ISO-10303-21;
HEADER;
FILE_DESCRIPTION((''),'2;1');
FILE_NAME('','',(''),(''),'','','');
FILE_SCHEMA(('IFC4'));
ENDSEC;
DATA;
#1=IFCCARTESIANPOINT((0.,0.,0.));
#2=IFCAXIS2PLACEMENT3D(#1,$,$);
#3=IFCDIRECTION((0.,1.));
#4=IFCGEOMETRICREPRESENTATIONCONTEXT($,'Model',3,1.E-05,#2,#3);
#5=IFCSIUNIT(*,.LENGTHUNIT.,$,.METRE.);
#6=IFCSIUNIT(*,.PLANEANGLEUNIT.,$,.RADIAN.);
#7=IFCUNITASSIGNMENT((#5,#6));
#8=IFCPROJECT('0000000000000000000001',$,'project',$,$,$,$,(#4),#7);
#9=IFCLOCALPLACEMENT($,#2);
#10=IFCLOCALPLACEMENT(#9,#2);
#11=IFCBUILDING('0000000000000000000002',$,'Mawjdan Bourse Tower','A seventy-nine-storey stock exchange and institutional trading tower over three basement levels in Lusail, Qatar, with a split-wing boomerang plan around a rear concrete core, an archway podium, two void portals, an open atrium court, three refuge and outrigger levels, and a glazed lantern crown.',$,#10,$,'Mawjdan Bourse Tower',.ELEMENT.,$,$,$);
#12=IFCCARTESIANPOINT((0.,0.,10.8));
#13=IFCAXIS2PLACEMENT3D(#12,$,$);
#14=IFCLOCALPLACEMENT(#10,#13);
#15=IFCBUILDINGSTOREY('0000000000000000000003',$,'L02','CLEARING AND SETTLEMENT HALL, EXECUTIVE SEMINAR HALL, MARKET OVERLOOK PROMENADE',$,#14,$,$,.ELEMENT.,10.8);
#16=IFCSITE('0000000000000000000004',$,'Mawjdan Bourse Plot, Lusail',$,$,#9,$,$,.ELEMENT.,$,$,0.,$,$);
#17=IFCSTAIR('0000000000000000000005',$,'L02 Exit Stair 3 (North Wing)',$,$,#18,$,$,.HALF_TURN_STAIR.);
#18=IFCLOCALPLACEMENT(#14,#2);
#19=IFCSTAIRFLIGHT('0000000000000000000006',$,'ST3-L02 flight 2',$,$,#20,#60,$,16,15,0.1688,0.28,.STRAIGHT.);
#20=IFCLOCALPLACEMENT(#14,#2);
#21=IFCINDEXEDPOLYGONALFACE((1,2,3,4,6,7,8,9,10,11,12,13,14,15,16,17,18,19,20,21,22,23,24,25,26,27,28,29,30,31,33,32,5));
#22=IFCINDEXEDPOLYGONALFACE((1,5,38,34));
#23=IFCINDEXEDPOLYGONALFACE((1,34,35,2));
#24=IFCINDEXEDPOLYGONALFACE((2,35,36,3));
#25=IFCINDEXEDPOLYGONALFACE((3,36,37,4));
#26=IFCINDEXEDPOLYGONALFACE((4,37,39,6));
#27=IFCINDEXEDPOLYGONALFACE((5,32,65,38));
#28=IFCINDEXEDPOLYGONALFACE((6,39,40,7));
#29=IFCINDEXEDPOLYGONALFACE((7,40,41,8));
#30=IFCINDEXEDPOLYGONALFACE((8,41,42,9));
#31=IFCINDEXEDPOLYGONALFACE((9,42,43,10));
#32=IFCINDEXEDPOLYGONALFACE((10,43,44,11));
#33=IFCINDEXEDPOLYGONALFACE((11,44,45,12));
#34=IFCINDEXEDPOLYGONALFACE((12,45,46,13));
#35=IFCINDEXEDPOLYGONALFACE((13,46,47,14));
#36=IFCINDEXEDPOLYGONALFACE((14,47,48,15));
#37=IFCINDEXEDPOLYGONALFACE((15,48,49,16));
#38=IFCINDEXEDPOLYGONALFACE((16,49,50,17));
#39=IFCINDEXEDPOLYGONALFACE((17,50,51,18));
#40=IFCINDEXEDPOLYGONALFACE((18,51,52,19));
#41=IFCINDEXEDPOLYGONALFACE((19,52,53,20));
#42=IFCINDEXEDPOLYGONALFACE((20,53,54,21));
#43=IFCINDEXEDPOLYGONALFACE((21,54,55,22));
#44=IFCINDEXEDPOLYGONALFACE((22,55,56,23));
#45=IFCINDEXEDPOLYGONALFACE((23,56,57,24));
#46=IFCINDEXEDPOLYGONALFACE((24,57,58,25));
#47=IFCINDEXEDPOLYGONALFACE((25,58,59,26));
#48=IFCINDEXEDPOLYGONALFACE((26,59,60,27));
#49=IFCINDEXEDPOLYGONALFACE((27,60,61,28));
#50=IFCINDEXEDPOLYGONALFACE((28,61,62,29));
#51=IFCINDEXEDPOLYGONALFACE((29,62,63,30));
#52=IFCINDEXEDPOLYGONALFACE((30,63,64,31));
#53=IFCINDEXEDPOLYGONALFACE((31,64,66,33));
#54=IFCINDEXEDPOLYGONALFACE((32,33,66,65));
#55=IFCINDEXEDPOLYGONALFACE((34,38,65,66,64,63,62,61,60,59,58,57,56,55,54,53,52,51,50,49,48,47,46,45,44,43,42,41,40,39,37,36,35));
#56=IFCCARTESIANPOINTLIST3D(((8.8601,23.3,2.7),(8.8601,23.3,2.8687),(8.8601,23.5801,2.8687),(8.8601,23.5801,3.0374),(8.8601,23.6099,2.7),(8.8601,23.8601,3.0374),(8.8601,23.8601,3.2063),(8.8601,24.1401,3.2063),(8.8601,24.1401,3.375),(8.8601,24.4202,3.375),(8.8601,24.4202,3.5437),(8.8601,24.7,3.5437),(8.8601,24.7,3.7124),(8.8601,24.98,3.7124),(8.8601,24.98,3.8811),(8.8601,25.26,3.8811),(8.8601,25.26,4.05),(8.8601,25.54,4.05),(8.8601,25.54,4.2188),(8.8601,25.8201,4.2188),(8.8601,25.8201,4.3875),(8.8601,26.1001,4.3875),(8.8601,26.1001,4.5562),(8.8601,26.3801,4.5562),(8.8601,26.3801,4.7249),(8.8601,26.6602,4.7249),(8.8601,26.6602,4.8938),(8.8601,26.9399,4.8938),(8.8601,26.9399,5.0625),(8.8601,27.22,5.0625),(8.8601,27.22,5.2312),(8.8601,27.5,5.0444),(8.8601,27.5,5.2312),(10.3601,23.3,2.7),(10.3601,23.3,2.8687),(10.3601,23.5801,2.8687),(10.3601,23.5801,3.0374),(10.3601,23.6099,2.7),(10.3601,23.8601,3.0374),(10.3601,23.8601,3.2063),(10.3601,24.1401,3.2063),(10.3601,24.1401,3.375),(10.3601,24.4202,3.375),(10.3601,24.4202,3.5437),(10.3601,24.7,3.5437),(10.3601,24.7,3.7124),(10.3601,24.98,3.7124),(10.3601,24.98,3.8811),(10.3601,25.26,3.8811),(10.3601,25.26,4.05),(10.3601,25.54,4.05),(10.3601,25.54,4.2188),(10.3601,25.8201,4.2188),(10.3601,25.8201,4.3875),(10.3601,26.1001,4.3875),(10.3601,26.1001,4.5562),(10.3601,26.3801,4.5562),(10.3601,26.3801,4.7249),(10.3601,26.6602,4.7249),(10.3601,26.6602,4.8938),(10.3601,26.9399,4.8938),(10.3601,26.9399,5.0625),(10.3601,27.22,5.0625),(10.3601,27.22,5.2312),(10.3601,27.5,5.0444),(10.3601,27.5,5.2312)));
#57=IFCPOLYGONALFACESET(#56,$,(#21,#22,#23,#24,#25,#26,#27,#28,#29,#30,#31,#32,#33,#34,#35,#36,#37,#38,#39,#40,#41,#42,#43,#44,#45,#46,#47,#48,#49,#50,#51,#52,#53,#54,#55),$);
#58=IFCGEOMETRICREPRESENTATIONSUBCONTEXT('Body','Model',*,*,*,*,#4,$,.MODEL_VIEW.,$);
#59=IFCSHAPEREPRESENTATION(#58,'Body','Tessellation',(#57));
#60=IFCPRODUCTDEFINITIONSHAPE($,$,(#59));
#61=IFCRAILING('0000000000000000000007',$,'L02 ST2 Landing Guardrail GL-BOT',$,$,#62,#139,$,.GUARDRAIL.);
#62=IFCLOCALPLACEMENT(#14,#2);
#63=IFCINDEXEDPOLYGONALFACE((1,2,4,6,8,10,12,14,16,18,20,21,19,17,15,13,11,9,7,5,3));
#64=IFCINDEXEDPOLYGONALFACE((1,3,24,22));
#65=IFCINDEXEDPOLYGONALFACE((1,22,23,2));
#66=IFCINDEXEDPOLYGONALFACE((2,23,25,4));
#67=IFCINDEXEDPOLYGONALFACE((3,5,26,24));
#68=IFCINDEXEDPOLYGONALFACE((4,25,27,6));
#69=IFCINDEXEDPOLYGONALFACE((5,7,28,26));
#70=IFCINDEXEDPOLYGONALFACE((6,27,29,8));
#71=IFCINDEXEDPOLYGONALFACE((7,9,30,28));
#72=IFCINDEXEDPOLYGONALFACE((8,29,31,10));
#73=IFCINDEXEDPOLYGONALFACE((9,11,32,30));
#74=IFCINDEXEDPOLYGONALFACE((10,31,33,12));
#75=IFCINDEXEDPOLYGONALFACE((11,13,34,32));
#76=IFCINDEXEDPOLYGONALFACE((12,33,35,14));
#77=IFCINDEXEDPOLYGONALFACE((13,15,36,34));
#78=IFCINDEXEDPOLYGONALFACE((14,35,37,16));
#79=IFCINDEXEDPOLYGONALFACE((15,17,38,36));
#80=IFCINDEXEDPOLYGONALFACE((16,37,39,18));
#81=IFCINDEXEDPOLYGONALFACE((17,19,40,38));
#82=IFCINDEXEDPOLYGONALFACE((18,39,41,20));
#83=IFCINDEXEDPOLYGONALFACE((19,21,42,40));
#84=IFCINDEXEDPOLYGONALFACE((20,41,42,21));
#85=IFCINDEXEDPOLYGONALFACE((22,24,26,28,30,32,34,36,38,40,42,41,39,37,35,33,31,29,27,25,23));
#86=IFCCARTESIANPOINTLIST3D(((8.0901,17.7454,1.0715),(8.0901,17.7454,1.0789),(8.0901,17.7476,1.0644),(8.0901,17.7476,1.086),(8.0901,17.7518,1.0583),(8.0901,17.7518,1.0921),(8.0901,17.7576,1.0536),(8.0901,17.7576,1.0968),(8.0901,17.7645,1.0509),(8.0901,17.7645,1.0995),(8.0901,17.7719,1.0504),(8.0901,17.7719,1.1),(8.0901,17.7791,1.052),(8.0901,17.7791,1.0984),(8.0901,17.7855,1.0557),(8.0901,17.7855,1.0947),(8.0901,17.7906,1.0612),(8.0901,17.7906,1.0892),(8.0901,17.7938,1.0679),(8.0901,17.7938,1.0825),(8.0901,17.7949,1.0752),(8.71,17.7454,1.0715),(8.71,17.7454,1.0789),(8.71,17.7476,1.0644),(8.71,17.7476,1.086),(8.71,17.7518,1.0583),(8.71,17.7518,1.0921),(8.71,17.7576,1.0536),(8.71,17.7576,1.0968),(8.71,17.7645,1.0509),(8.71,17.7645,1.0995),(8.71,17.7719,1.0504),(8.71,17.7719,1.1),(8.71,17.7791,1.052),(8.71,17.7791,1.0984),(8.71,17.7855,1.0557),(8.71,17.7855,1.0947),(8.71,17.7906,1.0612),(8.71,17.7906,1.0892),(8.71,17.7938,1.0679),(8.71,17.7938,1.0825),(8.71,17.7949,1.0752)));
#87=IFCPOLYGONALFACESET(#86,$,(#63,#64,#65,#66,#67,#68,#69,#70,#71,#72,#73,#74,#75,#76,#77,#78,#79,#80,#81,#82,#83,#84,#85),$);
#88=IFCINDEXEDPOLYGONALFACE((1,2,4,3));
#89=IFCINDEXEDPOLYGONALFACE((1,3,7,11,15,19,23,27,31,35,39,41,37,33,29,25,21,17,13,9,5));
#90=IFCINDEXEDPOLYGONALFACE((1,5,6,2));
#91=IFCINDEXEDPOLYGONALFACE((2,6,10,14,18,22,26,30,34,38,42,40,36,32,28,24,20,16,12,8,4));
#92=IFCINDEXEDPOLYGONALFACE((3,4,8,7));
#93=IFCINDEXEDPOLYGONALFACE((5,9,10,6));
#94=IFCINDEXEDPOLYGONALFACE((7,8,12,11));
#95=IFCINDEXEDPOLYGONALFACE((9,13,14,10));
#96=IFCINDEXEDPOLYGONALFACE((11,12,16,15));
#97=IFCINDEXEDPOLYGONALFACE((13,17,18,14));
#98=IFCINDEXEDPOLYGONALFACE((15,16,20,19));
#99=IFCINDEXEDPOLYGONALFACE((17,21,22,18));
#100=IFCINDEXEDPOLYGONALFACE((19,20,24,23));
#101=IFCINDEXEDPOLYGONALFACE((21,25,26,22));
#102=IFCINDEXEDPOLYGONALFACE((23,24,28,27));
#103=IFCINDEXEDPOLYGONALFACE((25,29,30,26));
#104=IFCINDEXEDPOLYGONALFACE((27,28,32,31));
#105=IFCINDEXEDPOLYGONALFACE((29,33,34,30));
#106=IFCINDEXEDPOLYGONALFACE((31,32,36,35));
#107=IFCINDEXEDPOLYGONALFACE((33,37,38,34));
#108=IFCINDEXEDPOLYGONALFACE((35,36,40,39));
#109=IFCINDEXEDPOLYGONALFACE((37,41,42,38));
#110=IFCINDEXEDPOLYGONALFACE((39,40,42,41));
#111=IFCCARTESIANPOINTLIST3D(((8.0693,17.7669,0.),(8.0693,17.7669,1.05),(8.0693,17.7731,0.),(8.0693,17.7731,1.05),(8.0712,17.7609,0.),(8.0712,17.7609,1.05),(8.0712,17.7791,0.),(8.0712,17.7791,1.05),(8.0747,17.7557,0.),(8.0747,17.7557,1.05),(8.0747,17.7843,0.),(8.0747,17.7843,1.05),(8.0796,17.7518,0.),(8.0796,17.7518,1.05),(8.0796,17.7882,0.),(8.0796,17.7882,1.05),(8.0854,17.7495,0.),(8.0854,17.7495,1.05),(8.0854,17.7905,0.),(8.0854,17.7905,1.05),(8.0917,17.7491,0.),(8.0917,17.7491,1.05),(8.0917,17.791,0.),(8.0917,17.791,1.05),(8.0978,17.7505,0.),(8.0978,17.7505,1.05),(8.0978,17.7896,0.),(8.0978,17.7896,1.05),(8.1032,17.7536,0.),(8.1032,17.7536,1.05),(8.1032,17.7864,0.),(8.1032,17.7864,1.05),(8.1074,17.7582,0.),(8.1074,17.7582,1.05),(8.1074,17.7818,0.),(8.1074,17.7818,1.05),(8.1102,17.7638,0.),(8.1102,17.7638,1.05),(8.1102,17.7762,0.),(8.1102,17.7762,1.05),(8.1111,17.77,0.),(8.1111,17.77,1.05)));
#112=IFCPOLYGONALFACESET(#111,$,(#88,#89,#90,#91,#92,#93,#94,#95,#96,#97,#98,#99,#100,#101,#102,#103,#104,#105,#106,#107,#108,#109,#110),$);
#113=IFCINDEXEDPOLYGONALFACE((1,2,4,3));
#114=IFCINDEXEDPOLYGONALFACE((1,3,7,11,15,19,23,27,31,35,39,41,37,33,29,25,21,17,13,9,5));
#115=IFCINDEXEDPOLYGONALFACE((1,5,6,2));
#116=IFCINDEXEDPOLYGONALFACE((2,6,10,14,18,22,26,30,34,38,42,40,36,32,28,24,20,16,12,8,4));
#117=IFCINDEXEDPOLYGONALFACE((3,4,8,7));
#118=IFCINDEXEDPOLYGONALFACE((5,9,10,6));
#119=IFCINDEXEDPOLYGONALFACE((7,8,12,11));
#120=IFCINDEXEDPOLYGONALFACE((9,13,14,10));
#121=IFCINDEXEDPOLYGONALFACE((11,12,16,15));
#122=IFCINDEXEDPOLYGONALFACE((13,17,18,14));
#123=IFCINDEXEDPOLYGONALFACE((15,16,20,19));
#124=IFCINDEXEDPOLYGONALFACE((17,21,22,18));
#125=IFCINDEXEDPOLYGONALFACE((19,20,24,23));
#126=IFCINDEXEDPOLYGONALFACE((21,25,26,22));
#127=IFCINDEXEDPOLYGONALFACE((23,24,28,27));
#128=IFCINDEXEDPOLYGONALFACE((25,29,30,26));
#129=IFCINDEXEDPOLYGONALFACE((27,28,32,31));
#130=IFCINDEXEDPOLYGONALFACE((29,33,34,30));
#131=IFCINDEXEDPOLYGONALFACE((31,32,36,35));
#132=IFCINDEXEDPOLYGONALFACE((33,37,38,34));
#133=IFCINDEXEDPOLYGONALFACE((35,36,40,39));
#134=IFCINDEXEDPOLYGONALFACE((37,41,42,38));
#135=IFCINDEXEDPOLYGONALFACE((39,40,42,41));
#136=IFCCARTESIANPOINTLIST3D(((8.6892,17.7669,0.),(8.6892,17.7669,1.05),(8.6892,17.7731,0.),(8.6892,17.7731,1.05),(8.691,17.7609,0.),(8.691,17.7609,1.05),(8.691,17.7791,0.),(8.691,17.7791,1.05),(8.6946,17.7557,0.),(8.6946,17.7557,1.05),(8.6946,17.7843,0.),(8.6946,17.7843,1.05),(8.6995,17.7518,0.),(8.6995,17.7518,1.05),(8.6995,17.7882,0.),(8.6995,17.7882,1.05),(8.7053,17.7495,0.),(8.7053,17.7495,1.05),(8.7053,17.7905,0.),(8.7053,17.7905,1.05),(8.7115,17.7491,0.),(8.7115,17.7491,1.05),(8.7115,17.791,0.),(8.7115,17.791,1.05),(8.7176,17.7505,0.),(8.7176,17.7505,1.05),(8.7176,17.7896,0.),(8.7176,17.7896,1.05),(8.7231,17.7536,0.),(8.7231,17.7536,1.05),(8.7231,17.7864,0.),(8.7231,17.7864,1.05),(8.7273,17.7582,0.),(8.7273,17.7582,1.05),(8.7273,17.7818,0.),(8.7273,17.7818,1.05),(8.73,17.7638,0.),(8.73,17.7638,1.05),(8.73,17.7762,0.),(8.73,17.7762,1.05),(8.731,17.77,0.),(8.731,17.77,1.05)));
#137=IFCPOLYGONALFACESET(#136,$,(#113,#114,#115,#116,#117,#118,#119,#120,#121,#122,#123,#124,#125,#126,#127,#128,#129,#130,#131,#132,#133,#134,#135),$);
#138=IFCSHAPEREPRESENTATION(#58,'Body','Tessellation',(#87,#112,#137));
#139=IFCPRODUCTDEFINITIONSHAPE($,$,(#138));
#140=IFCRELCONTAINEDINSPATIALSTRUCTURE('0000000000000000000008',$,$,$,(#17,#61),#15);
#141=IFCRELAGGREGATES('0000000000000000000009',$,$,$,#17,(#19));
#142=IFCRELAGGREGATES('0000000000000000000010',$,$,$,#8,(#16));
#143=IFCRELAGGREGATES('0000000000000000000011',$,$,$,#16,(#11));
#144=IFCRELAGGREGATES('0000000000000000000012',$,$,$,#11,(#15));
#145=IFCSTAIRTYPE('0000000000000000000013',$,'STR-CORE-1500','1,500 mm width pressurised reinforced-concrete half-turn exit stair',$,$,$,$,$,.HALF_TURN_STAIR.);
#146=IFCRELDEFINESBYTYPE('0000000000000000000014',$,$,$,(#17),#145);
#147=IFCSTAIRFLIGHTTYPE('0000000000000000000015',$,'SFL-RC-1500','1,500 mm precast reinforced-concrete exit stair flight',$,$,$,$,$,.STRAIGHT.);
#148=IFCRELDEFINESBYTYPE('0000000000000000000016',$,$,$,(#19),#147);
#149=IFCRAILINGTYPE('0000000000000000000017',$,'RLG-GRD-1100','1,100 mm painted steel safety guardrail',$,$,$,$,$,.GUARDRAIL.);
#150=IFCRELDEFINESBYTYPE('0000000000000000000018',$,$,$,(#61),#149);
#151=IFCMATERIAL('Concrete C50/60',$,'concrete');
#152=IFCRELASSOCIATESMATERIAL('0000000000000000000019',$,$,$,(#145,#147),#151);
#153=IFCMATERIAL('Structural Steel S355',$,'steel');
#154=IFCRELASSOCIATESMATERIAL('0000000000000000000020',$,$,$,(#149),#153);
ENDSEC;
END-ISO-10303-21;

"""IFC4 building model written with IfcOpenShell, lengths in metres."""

from ifc_helpers import new_model, si_unit, direction, frame, origin, origin_2d, place, context, subcontext, project, spatial, polyline, circle, outline, extrude, material, type_object, element, aggregate, save


model = new_model("IFC4")

# Units and contexts
model_context = context("Model", 3, precision=1e-05, world=origin(), true_north=direction((0.0, 1.0)))
body_context = subcontext(model_context, "Body", "Model", "MODEL_VIEW")
ifc_project = project(units=[si_unit("LENGTHUNIT", "METRE"), si_unit("PLANEANGLEUNIT", "RADIAN")], contexts=[model_context])

# Site, building, storey
site_placement = place(None, origin())
site = spatial("IfcSite", under=ifc_project, at=site_placement, Name="Mawjdan Bourse Plot, Lusail", CompositionType="ELEMENT", RefElevation=0.0)
building_placement = place(site_placement, origin())
building = spatial("IfcBuilding", under=site, at=building_placement, Name="Mawjdan Bourse Tower", Description="A seventy-nine-storey stock exchange and institutional trading tower over three basement levels in Lusail, Qatar, with a split-wing boomerang plan around a rear concrete core, an archway podium, two void portals, an open atrium court, three refuge and outrigger levels, and a glazed lantern crown.", LongName="Mawjdan Bourse Tower", CompositionType="ELEMENT")
storey_placement = place(building_placement, frame((0.0, 0.0, 10.8)))
storey = spatial("IfcBuildingStorey", under=building, at=storey_placement, Name="L02", Description="CLEARING AND SETTLEMENT HALL, EXECUTIVE SEMINAR HALL, MARKET OVERLOOK PROMENADE", CompositionType="ELEMENT", Elevation=10.8)

# Shared definitions
ifc_material_1 = material(Name="Structural Steel S355", Category="steel")

# Shared definitions
ifc_material_2 = material(Name="Concrete C50/60", Category="concrete")

# Stair, stair flight
stair_type = type_object("IfcStairType", Name="STR-CORE-1500", Description="1,500 mm width pressurised reinforced-concrete half-turn exit stair", PredefinedType="HALF_TURN_STAIR", material=ifc_material_2)
stair_placement = place(storey_placement, origin())
stair = element("IfcStair", 1, at=stair_placement, inside=storey, type_object=stair_type, Name="L02 Exit Stair 3 (North Wing)", PredefinedType="HALF_TURN_STAIR")
stair_flight_type = type_object("IfcStairFlightType", Name="SFL-RC-1500", Description="1,500 mm precast reinforced-concrete exit stair flight", PredefinedType="STRAIGHT", material=ifc_material_2)
stair_flight_placement = place(storey_placement, frame((9.6101, 23.3, 2.7), z_axis=(0.0, 0.0, 1.0), x_axis=(0.0, 1.0, 0.0)))
stair_flight = element("IfcStairFlight", 2, at=stair_flight_placement, type_object=stair_flight_type, Name="ST3-L02 flight 2", NumberOfRisers=16, NumberOfTreads=15, PredefinedType="STRAIGHT", RiserHeight=0.1688, TreadLength=0.28, context=body_context, shape_type="SweptSolid", body=[
    extrude(outline(polyline([(0.0, 0.0), (0.0, 0.1687), (0.28, 0.1687), (0.28, 0.3374), (0.5601, 0.3374), (0.5601, 0.5063), (0.8401, 0.5063), (0.8401, 0.675), (1.1201, 0.675), (1.1201, 0.8438), (1.3999, 0.8438), (1.3999, 1.0125), (1.6799, 1.0125), (1.6799, 1.1812), (1.96, 1.1812), (1.96, 1.3501), (2.24, 1.3501), (2.24, 1.5188), (2.52, 1.5188), (2.52, 1.6875), (2.8, 1.6875), (2.8, 1.8562), (3.0801, 1.8562), (3.0801, 2.0249), (3.3601, 2.0249), (3.3601, 2.1938), (3.6399, 2.1938), (3.6399, 2.3625), (3.9199, 2.3625), (3.9199, 2.5312), (4.2, 2.5312), (4.2, 2.7), (4.2, 2.3445), (0.3098, 0.0), (0.0, 0.0)])), frame((0.0, 0.75, 0.0), z_axis=(0.0, -1.0, 0.0), x_axis=(1.0, 0.0, 0.0)), (0.0, 0.0, 1.0), 1.5),
])
aggregate(stair, [stair_flight])

# Railing
railing_type_1 = type_object("IfcRailingType", Name="RLG-GRD-1100", Description="1,100 mm painted steel safety guardrail", PredefinedType="GUARDRAIL", material=ifc_material_1)
for number, where, name in (
    (3, (8.0901, 17.77, 0.0), "L02 ST2 Landing Guardrail GL-BOT"),
):
    element("IfcRailing", number, at=place(storey_placement, frame(where)), inside=storey, type_object=railing_type_1, Name=name, PredefinedType="GUARDRAIL", context=body_context, shape_type="SweptSolid", body=[
        extrude(circle(Radius=0.0249, at=origin_2d()), frame((0.0, 0.0, 1.0752), z_axis=(1.0, 0.0, 0.0), x_axis=(0.0, 1.0, 0.0)), (0.0, 0.0, 1.0), 0.6199),
        extrude(circle(Radius=0.021, at=origin_2d()), origin(), (0.0, 0.0, 1.0), 1.05),
        extrude(circle(Radius=0.021, at=origin_2d()), frame((0.6199, 0.0, 0.0)), (0.0, 0.0, 1.0), 1.05),
    ])

save(model, "model.ifc")
